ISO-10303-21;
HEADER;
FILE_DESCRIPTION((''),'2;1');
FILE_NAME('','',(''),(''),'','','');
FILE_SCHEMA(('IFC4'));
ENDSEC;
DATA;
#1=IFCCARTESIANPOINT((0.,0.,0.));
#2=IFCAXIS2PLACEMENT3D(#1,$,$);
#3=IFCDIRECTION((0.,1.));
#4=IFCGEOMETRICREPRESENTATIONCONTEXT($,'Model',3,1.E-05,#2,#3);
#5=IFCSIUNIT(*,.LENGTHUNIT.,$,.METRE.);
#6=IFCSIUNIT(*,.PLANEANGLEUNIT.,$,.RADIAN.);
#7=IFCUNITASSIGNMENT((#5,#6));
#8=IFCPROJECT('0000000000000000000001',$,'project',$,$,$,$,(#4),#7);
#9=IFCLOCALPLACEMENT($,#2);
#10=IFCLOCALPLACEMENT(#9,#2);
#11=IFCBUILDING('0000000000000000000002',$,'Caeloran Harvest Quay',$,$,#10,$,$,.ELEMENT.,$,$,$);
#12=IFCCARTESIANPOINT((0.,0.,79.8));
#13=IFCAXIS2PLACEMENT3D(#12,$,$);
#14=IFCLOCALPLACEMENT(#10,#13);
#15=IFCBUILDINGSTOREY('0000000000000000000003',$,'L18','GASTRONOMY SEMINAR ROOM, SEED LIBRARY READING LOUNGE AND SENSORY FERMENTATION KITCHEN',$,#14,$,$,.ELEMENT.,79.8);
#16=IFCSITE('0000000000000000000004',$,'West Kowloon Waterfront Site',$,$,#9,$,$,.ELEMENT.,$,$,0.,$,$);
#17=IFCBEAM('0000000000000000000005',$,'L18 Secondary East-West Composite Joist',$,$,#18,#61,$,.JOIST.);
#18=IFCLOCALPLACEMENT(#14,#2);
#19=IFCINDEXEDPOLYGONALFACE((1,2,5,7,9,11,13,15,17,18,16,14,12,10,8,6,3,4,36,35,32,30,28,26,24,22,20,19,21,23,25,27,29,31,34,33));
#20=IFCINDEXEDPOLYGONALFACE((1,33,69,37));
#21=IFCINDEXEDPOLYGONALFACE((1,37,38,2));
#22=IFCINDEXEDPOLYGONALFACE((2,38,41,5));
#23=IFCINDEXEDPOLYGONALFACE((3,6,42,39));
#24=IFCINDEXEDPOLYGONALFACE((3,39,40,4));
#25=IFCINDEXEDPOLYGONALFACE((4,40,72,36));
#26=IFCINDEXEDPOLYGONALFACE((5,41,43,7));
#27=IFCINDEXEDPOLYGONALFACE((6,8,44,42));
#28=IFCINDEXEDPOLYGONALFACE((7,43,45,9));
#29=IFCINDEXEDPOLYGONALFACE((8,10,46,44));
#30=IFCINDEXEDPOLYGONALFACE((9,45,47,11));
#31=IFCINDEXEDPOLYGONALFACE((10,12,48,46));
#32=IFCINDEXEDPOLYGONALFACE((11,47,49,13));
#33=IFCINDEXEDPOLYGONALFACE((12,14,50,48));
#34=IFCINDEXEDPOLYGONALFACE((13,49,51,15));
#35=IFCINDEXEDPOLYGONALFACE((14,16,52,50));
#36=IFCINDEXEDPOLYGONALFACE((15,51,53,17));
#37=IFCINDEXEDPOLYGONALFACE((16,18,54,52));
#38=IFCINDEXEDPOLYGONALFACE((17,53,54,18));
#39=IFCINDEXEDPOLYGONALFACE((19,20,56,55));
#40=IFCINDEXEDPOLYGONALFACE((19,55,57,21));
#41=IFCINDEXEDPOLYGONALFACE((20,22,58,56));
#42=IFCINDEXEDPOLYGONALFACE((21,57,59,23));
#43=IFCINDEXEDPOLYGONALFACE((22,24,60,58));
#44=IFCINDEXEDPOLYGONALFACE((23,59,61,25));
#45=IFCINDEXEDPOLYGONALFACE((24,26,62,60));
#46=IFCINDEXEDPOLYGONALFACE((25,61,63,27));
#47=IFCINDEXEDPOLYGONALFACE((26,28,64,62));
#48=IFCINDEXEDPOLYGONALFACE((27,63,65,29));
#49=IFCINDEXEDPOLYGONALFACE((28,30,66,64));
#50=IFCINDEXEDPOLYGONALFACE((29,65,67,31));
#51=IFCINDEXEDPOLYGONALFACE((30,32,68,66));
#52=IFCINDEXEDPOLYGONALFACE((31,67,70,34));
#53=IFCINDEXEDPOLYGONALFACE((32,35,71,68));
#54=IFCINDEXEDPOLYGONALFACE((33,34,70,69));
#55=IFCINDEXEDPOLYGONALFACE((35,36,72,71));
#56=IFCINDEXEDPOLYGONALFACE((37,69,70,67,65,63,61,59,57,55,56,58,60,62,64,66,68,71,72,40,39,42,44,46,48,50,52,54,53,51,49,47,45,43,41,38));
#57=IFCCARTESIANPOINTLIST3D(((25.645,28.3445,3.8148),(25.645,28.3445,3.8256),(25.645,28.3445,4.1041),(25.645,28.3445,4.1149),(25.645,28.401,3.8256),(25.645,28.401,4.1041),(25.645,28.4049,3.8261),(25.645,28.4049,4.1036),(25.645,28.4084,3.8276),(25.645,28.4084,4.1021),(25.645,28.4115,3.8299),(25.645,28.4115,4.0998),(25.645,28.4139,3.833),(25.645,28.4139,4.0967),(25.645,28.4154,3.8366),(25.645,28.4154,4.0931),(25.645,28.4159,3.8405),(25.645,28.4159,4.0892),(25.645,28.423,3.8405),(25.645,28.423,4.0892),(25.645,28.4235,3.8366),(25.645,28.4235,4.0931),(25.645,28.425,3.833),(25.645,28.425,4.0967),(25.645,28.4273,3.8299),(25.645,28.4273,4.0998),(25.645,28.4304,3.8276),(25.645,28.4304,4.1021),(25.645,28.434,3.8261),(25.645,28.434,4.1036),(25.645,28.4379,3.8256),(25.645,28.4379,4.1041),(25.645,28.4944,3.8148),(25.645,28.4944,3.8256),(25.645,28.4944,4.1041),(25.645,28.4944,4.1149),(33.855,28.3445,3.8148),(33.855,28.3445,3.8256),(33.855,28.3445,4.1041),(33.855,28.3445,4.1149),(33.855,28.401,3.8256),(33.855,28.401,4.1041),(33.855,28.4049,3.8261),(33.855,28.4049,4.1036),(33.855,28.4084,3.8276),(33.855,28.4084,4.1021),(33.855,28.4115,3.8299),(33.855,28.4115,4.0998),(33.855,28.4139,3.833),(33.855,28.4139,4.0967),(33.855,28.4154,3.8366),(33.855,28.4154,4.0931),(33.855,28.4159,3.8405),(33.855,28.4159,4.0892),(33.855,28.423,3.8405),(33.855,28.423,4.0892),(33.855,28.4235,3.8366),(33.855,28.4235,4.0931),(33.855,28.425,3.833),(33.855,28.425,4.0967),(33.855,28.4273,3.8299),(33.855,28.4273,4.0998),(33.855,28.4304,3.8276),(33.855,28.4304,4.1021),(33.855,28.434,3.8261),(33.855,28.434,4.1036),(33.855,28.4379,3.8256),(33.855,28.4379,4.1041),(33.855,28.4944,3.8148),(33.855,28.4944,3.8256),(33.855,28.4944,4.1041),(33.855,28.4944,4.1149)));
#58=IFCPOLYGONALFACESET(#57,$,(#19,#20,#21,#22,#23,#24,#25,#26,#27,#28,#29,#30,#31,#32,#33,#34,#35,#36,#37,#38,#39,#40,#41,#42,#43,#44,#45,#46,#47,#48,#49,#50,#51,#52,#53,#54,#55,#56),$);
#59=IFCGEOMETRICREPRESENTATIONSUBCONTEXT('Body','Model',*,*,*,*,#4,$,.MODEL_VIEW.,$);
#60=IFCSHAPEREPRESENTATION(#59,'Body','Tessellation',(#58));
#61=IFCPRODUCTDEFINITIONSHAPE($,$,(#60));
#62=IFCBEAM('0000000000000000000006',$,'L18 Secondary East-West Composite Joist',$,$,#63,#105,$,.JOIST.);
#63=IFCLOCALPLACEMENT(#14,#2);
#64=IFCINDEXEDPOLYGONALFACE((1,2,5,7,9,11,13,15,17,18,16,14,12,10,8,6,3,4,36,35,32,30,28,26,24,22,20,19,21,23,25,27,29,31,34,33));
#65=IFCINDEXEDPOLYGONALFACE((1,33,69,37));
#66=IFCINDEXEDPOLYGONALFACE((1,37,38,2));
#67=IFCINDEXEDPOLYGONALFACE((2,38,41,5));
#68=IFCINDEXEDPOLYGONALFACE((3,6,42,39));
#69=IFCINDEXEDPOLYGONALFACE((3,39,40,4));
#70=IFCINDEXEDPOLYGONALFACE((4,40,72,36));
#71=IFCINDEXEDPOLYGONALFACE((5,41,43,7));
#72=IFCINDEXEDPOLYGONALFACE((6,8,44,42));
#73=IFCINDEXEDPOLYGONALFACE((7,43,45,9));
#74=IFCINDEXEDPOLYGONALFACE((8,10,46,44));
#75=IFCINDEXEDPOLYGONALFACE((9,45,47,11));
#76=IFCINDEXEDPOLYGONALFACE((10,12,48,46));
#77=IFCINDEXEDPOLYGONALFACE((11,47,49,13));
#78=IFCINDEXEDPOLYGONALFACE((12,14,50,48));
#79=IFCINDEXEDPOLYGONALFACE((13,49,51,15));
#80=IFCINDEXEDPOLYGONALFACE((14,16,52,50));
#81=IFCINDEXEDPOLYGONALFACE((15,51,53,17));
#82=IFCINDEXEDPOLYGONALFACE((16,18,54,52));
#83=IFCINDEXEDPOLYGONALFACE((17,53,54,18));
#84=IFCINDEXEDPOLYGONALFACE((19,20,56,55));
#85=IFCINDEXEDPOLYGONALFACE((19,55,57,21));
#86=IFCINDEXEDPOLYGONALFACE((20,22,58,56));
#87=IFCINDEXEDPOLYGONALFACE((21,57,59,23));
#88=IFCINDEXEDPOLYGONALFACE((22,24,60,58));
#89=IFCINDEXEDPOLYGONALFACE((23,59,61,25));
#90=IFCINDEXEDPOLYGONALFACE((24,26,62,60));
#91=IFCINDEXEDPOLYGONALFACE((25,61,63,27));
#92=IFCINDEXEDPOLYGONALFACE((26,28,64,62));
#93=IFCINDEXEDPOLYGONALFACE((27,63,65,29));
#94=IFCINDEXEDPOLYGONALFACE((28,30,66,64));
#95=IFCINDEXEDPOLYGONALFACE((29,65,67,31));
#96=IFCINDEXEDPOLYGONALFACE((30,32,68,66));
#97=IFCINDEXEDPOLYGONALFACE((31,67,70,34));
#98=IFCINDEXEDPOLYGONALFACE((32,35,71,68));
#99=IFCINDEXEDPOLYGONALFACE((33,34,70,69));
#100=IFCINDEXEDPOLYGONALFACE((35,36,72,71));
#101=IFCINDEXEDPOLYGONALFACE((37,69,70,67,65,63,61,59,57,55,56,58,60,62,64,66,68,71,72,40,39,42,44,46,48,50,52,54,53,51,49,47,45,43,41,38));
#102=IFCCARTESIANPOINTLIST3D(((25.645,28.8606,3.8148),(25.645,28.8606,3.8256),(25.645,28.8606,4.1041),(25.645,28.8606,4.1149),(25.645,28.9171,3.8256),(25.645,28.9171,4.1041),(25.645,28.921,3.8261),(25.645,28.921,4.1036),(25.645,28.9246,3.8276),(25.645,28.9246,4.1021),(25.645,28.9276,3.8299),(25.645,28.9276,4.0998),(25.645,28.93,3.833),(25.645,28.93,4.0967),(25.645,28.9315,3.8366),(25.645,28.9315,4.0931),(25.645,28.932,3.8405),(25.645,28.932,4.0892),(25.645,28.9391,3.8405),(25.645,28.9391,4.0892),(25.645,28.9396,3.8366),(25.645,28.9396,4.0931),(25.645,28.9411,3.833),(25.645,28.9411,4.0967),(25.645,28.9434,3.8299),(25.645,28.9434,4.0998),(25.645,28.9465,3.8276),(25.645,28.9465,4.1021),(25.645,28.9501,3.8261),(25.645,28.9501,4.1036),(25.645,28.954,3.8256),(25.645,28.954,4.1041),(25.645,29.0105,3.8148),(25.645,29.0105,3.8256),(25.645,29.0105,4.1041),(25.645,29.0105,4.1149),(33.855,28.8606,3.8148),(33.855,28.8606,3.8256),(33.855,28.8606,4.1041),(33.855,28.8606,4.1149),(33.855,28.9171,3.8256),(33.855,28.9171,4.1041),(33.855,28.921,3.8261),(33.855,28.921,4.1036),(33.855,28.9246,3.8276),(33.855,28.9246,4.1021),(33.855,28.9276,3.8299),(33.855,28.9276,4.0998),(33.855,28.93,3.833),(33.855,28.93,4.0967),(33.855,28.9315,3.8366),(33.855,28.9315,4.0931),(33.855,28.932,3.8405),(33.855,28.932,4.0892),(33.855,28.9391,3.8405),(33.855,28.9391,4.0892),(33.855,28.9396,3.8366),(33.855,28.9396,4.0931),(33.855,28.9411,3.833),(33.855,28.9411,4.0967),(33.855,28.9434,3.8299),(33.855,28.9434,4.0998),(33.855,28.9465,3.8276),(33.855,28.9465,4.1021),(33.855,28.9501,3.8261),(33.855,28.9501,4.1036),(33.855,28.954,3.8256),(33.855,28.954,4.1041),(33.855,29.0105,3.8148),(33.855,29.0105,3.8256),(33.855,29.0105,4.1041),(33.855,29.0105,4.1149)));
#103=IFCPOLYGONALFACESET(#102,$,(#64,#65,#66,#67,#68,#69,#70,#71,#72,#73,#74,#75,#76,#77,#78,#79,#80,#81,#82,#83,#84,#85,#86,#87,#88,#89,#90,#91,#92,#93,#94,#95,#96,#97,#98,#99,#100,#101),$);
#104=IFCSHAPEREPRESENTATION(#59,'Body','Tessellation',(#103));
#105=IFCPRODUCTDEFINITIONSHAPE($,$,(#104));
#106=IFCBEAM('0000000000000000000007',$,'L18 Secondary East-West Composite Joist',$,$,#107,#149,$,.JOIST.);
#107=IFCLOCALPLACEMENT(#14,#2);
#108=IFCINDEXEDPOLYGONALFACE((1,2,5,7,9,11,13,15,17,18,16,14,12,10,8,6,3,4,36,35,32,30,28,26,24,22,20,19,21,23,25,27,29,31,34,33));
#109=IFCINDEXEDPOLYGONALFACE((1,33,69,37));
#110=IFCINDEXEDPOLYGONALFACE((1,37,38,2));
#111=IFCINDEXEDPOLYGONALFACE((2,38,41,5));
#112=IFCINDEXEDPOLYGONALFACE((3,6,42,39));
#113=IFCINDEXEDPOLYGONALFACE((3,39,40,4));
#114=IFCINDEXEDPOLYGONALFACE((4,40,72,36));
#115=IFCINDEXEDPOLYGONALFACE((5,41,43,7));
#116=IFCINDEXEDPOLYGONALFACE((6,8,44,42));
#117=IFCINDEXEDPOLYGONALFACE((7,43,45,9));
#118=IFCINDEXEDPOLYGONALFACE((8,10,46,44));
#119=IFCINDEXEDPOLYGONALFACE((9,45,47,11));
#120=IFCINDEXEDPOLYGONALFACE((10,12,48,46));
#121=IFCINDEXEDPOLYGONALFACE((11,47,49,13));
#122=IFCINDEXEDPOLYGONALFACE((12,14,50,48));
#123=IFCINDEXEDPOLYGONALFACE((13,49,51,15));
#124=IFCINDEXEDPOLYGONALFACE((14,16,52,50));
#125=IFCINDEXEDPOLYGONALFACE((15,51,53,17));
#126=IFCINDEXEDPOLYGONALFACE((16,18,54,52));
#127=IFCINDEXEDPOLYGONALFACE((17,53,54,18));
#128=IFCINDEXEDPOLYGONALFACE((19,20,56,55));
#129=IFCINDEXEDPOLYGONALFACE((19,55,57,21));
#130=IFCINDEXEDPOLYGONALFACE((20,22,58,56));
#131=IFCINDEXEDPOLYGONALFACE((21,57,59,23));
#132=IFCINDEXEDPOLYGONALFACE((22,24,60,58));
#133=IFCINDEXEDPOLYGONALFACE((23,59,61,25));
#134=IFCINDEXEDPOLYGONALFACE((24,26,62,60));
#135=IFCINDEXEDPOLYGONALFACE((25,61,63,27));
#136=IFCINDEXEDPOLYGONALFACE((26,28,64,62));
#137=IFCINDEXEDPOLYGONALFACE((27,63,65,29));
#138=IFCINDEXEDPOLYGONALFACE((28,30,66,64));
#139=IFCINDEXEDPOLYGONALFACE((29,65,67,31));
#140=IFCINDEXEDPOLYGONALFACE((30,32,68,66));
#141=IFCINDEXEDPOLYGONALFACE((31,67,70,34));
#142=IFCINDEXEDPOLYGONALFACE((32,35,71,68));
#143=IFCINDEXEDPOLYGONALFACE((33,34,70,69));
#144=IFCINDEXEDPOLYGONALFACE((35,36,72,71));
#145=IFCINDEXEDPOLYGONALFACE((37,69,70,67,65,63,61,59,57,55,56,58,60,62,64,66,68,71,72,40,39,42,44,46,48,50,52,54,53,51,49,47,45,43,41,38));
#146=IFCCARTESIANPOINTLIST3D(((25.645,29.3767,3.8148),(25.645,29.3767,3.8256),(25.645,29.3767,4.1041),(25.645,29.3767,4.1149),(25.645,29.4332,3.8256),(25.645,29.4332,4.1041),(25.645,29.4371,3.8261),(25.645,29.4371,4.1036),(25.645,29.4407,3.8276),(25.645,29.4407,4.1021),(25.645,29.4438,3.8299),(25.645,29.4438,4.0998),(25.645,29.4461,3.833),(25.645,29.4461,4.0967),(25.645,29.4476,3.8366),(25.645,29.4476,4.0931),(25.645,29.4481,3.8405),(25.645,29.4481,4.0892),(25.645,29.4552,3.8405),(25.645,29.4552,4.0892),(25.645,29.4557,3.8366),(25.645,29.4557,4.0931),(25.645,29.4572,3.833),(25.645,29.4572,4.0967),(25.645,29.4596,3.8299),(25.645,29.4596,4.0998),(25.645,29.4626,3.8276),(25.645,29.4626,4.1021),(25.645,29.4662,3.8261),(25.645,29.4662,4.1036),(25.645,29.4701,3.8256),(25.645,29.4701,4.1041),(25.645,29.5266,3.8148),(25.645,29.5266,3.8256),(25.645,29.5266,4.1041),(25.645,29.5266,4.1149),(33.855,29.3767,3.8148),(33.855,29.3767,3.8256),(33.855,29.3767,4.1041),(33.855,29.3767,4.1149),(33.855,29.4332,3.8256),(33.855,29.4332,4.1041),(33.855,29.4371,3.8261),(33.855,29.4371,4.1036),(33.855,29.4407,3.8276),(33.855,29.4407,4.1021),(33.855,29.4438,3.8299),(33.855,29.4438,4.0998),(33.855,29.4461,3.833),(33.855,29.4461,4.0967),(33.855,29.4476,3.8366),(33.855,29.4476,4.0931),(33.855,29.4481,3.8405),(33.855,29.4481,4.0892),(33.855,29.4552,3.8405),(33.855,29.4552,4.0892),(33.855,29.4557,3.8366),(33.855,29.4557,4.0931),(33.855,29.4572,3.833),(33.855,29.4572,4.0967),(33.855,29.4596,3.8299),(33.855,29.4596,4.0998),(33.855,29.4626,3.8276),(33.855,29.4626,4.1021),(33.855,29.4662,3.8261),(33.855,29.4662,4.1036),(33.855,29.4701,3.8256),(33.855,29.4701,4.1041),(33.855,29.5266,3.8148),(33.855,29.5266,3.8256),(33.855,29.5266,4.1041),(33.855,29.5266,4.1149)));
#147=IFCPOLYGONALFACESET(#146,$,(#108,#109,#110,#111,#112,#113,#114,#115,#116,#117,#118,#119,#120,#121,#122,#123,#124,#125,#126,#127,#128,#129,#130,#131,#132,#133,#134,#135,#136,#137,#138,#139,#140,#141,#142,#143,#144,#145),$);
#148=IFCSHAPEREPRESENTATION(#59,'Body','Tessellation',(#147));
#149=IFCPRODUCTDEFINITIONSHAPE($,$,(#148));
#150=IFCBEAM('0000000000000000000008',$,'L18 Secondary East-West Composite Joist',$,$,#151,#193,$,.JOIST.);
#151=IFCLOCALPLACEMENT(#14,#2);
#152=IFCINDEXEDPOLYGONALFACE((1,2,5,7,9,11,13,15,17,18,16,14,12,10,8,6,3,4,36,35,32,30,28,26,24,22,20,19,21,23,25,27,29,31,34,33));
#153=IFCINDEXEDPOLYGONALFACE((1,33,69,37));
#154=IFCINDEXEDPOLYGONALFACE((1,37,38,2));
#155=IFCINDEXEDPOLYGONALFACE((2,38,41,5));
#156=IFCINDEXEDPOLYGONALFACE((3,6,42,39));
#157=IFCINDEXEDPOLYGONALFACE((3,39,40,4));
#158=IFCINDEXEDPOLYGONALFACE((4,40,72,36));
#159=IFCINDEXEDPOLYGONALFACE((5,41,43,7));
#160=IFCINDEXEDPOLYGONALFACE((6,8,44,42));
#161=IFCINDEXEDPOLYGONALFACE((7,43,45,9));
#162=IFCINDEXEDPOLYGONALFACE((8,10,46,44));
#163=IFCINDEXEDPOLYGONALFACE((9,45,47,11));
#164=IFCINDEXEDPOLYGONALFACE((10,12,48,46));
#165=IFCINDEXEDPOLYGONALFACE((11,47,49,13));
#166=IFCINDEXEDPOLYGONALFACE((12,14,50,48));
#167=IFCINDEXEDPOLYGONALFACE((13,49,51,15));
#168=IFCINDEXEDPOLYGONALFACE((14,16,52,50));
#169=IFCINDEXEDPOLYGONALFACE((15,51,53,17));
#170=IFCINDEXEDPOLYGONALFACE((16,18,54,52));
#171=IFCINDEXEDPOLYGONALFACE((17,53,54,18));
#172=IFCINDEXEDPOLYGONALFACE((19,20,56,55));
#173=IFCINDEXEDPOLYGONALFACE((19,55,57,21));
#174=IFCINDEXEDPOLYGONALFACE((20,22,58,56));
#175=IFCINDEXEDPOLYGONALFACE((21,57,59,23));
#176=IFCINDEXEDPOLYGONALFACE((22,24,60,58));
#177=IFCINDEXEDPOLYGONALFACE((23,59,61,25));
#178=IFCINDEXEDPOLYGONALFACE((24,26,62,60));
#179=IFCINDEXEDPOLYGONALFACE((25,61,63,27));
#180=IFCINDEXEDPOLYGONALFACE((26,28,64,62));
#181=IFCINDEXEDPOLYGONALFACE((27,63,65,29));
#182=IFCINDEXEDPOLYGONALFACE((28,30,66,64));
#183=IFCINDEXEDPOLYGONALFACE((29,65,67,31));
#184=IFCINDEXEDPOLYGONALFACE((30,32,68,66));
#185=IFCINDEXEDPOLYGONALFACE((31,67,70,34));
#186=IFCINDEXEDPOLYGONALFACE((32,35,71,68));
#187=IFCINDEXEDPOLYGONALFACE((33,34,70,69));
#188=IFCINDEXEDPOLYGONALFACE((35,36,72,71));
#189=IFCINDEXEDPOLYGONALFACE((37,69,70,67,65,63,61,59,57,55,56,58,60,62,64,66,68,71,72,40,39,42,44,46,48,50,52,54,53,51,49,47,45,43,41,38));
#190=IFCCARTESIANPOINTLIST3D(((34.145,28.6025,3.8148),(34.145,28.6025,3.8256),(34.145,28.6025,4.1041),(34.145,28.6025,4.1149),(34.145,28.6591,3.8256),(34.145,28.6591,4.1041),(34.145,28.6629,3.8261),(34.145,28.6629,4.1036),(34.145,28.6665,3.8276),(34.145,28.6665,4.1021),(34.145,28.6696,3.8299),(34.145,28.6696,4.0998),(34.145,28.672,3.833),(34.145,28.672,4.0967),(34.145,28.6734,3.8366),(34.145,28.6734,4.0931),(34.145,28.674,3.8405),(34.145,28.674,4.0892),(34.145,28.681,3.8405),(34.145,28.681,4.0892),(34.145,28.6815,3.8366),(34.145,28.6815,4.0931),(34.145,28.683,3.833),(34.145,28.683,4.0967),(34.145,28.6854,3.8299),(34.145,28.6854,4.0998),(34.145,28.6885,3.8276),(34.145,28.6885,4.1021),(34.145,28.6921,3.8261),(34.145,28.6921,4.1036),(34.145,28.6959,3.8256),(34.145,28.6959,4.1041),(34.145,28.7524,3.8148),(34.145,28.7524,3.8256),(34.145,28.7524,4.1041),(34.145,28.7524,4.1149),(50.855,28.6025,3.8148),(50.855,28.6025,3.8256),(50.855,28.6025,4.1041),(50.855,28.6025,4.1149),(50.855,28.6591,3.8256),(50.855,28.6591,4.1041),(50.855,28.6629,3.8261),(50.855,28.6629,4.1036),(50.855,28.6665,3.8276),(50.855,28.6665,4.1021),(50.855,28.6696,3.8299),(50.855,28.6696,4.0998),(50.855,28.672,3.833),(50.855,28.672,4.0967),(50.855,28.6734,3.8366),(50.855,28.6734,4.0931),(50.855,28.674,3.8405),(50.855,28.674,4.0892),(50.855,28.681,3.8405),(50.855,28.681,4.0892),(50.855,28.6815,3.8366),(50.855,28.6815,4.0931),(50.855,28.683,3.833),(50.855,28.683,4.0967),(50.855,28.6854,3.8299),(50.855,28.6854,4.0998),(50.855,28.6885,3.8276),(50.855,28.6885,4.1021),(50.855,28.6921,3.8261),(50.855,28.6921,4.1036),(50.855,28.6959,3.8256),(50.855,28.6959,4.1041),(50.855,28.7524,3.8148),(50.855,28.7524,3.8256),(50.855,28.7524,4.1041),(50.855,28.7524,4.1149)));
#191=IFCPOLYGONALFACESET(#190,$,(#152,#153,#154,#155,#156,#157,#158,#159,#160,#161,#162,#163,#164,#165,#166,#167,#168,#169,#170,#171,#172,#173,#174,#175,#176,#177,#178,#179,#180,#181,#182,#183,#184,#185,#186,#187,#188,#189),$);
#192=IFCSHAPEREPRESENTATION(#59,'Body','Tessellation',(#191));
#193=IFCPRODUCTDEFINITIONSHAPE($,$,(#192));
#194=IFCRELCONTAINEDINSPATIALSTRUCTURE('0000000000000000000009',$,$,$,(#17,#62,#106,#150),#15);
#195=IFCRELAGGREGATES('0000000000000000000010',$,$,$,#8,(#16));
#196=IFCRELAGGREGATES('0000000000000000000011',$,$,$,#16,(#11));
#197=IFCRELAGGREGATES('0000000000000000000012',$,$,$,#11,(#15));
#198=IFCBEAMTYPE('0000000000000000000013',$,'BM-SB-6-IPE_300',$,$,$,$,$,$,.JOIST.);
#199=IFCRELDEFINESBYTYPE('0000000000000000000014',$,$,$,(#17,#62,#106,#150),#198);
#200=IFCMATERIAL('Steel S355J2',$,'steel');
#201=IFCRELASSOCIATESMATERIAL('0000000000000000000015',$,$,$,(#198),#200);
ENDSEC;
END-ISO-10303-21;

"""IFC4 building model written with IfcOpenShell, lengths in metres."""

from ifc_helpers import new_model, si_unit, direction, frame, origin, origin_2d, place, context, subcontext, project, spatial, i_section, extrude, material, material_profile, profile_set, type_object, element, save


model = new_model("IFC4")

# Units and contexts
model_context = context("Model", 3, precision=1e-05, world=origin(), true_north=direction((0.0, 1.0)))
body_context = subcontext(model_context, "Body", "Model", "MODEL_VIEW")
ifc_project = project(units=[si_unit("LENGTHUNIT", "METRE"), si_unit("PLANEANGLEUNIT", "RADIAN")], contexts=[model_context])

# Site, building, storey
site_placement = place(None, origin())
site = spatial("IfcSite", under=ifc_project, at=site_placement, Name="West Kowloon Waterfront Site", CompositionType="ELEMENT", RefElevation=0.0)
building_placement = place(site_placement, origin())
building = spatial("IfcBuilding", under=site, at=building_placement, Name="Caeloran Harvest Quay", CompositionType="ELEMENT")
storey_placement = place(building_placement, frame((0.0, 0.0, 79.8)))
storey = spatial("IfcBuildingStorey", under=building, at=storey_placement, Name="L18", Description="GASTRONOMY SEMINAR ROOM, SEED LIBRARY READING LOUNGE AND SENSORY FERMENTATION KITCHEN", CompositionType="ELEMENT", Elevation=79.8)

# Beams
ifc_material_1 = material(Name="Steel S355J2", Category="steel")
ifc_material_profile_1 = material_profile(ifc_material_1, i_section(OverallWidth=0.1499, OverallDepth=0.3, WebThickness=0.0071, FlangeThickness=0.0107, FilletRadius=0.0149, at=origin_2d()), Name="IPE 300")
ifc_profile_set_1 = profile_set([ifc_material_profile_1], Name="Steel S355J2")
beam_type_1 = type_object("IfcBeamType", Name="BM-SB-6-IPE_300", PredefinedType="JOIST", material=ifc_profile_set_1)
for number, where, z_axis, x_axis, name in (
    (1, (25.645, 28.4194, 3.9648), (1.0, 0.0, 0.0), (0.0, 1.0, 0.0), "L18 Secondary East-West Composite Joist"),
    (2, (25.645, 28.9355, 3.9648), (1.0, 0.0, 0.0), (0.0, 1.0, 0.0), "L18 Secondary East-West Composite Joist"),
    (3, (25.645, 29.4517, 3.9648), (1.0, 0.0, 0.0), (0.0, 1.0, 0.0), "L18 Secondary East-West Composite Joist"),
):
    element("IfcBeam", number, at=place(storey_placement, frame(where, z_axis=z_axis, x_axis=x_axis)), inside=storey, type_object=beam_type_1, Name=name, PredefinedType="JOIST", context=body_context, shape_type="SweptSolid", body=[
        extrude(i_section(OverallWidth=0.1499, OverallDepth=0.3, WebThickness=0.0071, FlangeThickness=0.0107, FilletRadius=0.0149, at=origin_2d()), origin(), (0.0, 0.0, 1.0), 8.21),
    ])
beam_1_placement = place(storey_placement, frame((34.145, 28.6775, 3.9648), z_axis=(1.0, 0.0, 0.0), x_axis=(0.0, 1.0, 0.0)))
element("IfcBeam", 4, at=beam_1_placement, inside=storey, type_object=beam_type_1, Name="L18 Secondary East-West Composite Joist", PredefinedType="JOIST", context=body_context, shape_type="SweptSolid", body=[
    extrude(i_section(OverallWidth=0.1499, OverallDepth=0.3, WebThickness=0.0071, FlangeThickness=0.0107, FilletRadius=0.0149, at=origin_2d()), origin(), (0.0, 0.0, 1.0), 16.71),
])

save(model, "model.ifc")
